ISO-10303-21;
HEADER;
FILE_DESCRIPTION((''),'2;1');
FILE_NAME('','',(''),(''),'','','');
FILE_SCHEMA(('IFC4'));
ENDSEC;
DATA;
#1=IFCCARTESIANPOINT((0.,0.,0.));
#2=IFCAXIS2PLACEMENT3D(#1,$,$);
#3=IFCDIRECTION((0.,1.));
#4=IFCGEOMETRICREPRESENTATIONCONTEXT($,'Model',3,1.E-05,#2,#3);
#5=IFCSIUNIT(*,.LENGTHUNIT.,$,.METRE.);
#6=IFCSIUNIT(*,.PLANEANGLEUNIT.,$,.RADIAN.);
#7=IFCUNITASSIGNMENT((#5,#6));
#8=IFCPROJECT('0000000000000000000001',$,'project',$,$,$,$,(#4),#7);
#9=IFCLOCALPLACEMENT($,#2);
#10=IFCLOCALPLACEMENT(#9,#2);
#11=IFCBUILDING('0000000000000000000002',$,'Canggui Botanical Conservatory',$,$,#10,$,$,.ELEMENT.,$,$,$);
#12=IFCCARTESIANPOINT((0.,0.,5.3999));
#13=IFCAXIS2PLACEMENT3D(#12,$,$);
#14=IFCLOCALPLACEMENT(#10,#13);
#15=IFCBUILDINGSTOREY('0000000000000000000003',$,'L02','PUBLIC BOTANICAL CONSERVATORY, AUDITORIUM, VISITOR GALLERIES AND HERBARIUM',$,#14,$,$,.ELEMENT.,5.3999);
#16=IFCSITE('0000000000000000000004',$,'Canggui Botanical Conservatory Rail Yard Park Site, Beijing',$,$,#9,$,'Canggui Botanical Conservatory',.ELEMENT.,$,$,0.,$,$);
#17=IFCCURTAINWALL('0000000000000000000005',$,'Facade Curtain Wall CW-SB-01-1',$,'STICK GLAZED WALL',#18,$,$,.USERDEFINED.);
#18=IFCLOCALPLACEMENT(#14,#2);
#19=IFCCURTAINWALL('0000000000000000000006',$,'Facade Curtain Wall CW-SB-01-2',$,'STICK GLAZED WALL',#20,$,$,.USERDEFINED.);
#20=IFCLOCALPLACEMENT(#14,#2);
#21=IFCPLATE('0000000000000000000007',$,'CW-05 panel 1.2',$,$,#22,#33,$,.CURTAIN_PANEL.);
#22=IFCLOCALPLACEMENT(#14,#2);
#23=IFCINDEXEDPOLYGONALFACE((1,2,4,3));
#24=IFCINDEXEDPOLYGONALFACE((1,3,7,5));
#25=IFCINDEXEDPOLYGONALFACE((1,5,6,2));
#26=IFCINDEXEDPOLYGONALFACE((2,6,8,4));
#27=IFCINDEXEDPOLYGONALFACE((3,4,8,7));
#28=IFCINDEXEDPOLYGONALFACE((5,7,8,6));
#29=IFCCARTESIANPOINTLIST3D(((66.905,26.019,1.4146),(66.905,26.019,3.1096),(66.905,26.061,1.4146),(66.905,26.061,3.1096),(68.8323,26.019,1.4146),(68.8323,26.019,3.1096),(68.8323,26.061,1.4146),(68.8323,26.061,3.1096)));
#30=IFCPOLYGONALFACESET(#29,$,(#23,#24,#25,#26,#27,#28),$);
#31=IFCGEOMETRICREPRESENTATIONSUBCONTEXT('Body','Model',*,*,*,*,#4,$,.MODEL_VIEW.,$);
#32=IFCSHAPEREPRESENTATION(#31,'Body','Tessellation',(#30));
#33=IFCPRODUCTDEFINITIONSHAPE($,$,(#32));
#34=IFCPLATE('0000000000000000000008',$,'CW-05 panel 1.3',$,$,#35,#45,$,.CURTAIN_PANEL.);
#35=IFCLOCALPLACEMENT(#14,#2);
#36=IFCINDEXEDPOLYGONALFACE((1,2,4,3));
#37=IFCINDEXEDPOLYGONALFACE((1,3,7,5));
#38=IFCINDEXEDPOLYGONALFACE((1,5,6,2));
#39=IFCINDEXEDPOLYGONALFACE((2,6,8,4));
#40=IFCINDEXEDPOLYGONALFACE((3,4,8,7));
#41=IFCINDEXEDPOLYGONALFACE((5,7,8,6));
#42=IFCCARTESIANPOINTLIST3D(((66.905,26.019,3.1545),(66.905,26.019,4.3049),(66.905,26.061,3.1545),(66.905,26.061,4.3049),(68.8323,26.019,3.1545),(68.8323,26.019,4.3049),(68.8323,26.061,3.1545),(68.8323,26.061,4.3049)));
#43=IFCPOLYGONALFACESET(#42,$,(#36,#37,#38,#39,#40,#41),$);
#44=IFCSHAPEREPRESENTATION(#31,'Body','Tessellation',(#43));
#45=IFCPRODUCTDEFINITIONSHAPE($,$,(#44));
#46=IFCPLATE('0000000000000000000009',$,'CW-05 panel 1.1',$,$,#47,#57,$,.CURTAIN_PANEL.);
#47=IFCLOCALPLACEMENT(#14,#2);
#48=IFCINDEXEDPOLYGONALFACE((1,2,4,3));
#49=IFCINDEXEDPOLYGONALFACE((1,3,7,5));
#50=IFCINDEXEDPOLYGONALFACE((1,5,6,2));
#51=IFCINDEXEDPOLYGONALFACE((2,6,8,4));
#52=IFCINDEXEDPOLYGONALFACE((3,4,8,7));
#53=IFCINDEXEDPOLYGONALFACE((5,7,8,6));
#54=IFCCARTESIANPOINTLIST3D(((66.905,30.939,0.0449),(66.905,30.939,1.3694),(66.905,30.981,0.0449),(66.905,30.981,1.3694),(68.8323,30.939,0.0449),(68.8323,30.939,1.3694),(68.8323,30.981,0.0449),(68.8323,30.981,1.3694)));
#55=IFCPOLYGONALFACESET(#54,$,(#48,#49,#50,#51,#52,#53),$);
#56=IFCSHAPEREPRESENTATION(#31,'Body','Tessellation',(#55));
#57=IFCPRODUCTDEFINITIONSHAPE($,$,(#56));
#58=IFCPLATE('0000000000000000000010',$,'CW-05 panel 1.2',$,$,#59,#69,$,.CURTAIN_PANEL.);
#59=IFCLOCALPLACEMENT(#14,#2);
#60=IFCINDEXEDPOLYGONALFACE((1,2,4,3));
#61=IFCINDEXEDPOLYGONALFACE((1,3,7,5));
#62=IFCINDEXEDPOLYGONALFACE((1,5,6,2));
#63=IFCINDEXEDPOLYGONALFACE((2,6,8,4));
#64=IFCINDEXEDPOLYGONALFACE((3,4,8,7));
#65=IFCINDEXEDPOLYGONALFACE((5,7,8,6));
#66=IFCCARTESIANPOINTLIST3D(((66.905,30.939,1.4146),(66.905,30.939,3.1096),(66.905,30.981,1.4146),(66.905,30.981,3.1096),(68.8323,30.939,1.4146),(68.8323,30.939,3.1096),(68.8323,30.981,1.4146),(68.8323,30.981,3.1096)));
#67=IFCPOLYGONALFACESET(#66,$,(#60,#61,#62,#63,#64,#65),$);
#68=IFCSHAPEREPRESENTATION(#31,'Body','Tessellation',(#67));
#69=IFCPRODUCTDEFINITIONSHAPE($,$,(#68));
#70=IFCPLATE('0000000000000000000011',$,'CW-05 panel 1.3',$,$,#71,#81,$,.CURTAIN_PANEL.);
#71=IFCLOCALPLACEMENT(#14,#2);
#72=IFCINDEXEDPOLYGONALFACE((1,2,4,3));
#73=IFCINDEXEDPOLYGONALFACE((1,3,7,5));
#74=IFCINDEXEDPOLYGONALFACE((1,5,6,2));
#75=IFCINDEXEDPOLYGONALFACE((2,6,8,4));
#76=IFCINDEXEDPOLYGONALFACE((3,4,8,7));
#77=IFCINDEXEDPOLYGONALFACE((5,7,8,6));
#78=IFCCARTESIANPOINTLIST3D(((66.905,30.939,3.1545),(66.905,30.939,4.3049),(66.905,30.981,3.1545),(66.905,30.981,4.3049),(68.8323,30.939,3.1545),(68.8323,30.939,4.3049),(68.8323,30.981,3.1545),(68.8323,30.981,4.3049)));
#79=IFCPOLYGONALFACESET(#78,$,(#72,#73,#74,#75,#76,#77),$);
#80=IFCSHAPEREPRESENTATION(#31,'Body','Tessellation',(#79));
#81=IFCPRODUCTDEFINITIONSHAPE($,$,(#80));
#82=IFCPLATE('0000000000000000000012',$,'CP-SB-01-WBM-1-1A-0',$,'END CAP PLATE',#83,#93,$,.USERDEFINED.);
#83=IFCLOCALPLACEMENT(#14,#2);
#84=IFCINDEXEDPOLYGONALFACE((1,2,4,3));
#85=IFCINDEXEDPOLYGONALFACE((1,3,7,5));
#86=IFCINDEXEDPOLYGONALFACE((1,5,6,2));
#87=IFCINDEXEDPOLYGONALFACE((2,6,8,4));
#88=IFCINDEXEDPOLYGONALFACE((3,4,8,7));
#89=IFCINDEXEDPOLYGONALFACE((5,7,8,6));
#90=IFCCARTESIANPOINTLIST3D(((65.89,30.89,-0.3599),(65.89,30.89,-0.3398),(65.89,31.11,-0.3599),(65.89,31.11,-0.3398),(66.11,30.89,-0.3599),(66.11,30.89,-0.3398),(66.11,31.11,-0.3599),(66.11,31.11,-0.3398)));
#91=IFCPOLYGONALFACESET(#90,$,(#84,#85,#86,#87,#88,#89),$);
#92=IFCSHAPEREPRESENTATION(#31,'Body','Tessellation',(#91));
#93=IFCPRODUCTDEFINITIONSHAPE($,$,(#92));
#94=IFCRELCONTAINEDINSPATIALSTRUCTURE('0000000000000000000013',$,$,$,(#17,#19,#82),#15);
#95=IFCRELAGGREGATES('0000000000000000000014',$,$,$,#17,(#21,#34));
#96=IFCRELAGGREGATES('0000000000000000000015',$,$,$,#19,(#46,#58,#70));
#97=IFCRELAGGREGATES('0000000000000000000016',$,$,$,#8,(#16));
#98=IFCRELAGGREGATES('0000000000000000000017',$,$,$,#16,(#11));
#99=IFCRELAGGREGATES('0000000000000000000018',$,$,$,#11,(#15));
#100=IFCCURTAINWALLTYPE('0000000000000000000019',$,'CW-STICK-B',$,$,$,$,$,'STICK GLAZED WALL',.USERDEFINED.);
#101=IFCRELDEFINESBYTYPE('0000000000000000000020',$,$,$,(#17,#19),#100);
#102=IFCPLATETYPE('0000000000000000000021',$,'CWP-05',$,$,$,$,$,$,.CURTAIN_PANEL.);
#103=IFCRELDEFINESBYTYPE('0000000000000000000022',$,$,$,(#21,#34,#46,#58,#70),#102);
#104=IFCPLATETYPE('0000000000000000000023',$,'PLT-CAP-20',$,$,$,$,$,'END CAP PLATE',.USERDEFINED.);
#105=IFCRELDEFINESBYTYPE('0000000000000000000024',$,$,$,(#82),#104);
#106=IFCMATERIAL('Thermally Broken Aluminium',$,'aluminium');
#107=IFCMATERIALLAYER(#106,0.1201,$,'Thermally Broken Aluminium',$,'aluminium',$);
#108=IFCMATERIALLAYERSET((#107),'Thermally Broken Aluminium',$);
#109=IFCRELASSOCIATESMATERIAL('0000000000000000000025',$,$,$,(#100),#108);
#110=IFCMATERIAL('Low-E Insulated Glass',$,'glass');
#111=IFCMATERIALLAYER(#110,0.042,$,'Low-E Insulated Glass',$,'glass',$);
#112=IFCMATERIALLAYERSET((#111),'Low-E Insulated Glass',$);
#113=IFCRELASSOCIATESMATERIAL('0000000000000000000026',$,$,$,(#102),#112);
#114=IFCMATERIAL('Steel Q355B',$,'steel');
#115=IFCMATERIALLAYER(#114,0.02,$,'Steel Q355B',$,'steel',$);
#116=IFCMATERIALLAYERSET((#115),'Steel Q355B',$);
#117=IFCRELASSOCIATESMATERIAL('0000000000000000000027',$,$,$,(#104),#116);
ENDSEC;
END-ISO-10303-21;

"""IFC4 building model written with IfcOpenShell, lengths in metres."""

from ifc_helpers import new_model, si_unit, direction, frame, origin, origin_2d, place, context, subcontext, project, spatial, rectangle, extrude, material, layer, layer_set, type_object, element, aggregate, save


model = new_model("IFC4")

# Units and contexts
model_context = context("Model", 3, precision=1e-05, world=origin(), true_north=direction((0.0, 1.0)))
body_context = subcontext(model_context, "Body", "Model", "MODEL_VIEW")
ifc_project = project(units=[si_unit("LENGTHUNIT", "METRE"), si_unit("PLANEANGLEUNIT", "RADIAN")], contexts=[model_context])

# Site, building, storey
site_placement = place(None, origin())
site = spatial("IfcSite", under=ifc_project, at=site_placement, Name="Canggui Botanical Conservatory Rail Yard Park Site, Beijing", LongName="Canggui Botanical Conservatory", CompositionType="ELEMENT", RefElevation=0.0)
building_placement = place(site_placement, origin())
building = spatial("IfcBuilding", under=site, at=building_placement, Name="Canggui Botanical Conservatory", CompositionType="ELEMENT")
storey_placement = place(building_placement, frame((0.0, 0.0, 5.3999)))
storey = spatial("IfcBuildingStorey", under=building, at=storey_placement, Name="L02", Description="PUBLIC BOTANICAL CONSERVATORY, AUDITORIUM, VISITOR GALLERIES AND HERBARIUM", CompositionType="ELEMENT", Elevation=5.3999)

# Shared definitions
ifc_material_1 = material(Name="Steel Q355B", Category="steel")

# Curtain walls
ifc_material_2 = material(Name="Thermally Broken Aluminium", Category="aluminium")
ifc_layer_1 = layer(ifc_material_2, 0.1201, Name="Thermally Broken Aluminium", Category="aluminium")
ifc_layer_set_1 = layer_set([ifc_layer_1], Name="Thermally Broken Aluminium")
curtain_wall_type = type_object("IfcCurtainWallType", Name="CW-STICK-B", ElementType="STICK GLAZED WALL", PredefinedType="USERDEFINED", material=ifc_layer_set_1)
curtain_wall_1_placement = place(storey_placement, origin())
curtain_wall_1 = element("IfcCurtainWall", 1, at=curtain_wall_1_placement, inside=storey, type_object=curtain_wall_type, Name="Facade Curtain Wall CW-SB-01-1", ObjectType="STICK GLAZED WALL", PredefinedType="USERDEFINED")
curtain_wall_2_placement = place(storey_placement, origin())
curtain_wall_2 = element("IfcCurtainWall", 2, at=curtain_wall_2_placement, inside=storey, type_object=curtain_wall_type, Name="Facade Curtain Wall CW-SB-01-2", ObjectType="STICK GLAZED WALL", PredefinedType="USERDEFINED")

# Plates
ifc_material_3 = material(Name="Low-E Insulated Glass", Category="glass")
ifc_layer_2 = layer(ifc_material_3, 0.042, Name="Low-E Insulated Glass", Category="glass")
ifc_layer_set_2 = layer_set([ifc_layer_2], Name="Low-E Insulated Glass")
plate_type_1 = type_object("IfcPlateType", Name="CWP-05", PredefinedType="CURTAIN_PANEL", material=ifc_layer_set_2)
plate_1_placement = place(storey_placement, frame((67.8687, 26.04, 1.4146), z_axis=(0.0, 0.0, 1.0), x_axis=(1.0, 0.0, 0.0)))
plate_1 = element("IfcPlate", 3, at=plate_1_placement, type_object=plate_type_1, Name="CW-05 panel 1.2", PredefinedType="CURTAIN_PANEL", context=body_context, shape_type="SweptSolid", body=[
    extrude(rectangle(XDim=1.9272, YDim=0.042, at=origin_2d()), origin(), (0.0, 0.0, 1.0), 1.6951),
])
plate_2_placement = place(storey_placement, frame((67.8687, 26.04, 3.1545), z_axis=(0.0, 0.0, 1.0), x_axis=(1.0, 0.0, 0.0)))
plate_2 = element("IfcPlate", 4, at=plate_2_placement, type_object=plate_type_1, Name="CW-05 panel 1.3", PredefinedType="CURTAIN_PANEL", context=body_context, shape_type="SweptSolid", body=[
    extrude(rectangle(XDim=1.9272, YDim=0.042, at=origin_2d()), origin(), (0.0, 0.0, 1.0), 1.1504),
])
aggregate(curtain_wall_1, [plate_1, plate_2])
plate_3_placement = place(storey_placement, frame((67.8687, 30.96, 0.0449), z_axis=(0.0, 0.0, 1.0), x_axis=(1.0, 0.0, 0.0)))
plate_3 = element("IfcPlate", 5, at=plate_3_placement, type_object=plate_type_1, Name="CW-05 panel 1.1", PredefinedType="CURTAIN_PANEL", context=body_context, shape_type="SweptSolid", body=[
    extrude(rectangle(XDim=1.9272, YDim=0.042, at=origin_2d()), origin(), (0.0, 0.0, 1.0), 1.3245),
])
plate_4_placement = place(storey_placement, frame((67.8687, 30.96, 1.4146), z_axis=(0.0, 0.0, 1.0), x_axis=(1.0, 0.0, 0.0)))
plate_4 = element("IfcPlate", 6, at=plate_4_placement, type_object=plate_type_1, Name="CW-05 panel 1.2", PredefinedType="CURTAIN_PANEL", context=body_context, shape_type="SweptSolid", body=[
    extrude(rectangle(XDim=1.9272, YDim=0.042, at=origin_2d()), origin(), (0.0, 0.0, 1.0), 1.6951),
])
plate_5_placement = place(storey_placement, frame((67.8687, 30.96, 3.1545), z_axis=(0.0, 0.0, 1.0), x_axis=(1.0, 0.0, 0.0)))
plate_5 = element("IfcPlate", 7, at=plate_5_placement, type_object=plate_type_1, Name="CW-05 panel 1.3", PredefinedType="CURTAIN_PANEL", context=body_context, shape_type="SweptSolid", body=[
    extrude(rectangle(XDim=1.9272, YDim=0.042, at=origin_2d()), origin(), (0.0, 0.0, 1.0), 1.1504),
])
aggregate(curtain_wall_2, [plate_3, plate_4, plate_5])
ifc_layer_3 = layer(ifc_material_1, 0.02, Name="Steel Q355B", Category="steel")
ifc_layer_set_3 = layer_set([ifc_layer_3], Name="Steel Q355B")
plate_type_2 = type_object("IfcPlateType", Name="PLT-CAP-20", ElementType="END CAP PLATE", PredefinedType="USERDEFINED", material=ifc_layer_set_3)
plate_6_placement = place(storey_placement, frame((66.0, 31.0, -0.3599), z_axis=(0.0, 0.0, 1.0), x_axis=(1.0, 0.0, 0.0)))
element("IfcPlate", 8, at=plate_6_placement, inside=storey, type_object=plate_type_2, Name="CP-SB-01-WBM-1-1A-0", ObjectType="END CAP PLATE", PredefinedType="USERDEFINED", context=body_context, shape_type="SweptSolid", body=[
    extrude(rectangle(XDim=0.22, YDim=0.22, at=origin_2d()), origin(), (0.0, 0.0, 1.0), 0.02),
])

save(model, "model.ifc")
